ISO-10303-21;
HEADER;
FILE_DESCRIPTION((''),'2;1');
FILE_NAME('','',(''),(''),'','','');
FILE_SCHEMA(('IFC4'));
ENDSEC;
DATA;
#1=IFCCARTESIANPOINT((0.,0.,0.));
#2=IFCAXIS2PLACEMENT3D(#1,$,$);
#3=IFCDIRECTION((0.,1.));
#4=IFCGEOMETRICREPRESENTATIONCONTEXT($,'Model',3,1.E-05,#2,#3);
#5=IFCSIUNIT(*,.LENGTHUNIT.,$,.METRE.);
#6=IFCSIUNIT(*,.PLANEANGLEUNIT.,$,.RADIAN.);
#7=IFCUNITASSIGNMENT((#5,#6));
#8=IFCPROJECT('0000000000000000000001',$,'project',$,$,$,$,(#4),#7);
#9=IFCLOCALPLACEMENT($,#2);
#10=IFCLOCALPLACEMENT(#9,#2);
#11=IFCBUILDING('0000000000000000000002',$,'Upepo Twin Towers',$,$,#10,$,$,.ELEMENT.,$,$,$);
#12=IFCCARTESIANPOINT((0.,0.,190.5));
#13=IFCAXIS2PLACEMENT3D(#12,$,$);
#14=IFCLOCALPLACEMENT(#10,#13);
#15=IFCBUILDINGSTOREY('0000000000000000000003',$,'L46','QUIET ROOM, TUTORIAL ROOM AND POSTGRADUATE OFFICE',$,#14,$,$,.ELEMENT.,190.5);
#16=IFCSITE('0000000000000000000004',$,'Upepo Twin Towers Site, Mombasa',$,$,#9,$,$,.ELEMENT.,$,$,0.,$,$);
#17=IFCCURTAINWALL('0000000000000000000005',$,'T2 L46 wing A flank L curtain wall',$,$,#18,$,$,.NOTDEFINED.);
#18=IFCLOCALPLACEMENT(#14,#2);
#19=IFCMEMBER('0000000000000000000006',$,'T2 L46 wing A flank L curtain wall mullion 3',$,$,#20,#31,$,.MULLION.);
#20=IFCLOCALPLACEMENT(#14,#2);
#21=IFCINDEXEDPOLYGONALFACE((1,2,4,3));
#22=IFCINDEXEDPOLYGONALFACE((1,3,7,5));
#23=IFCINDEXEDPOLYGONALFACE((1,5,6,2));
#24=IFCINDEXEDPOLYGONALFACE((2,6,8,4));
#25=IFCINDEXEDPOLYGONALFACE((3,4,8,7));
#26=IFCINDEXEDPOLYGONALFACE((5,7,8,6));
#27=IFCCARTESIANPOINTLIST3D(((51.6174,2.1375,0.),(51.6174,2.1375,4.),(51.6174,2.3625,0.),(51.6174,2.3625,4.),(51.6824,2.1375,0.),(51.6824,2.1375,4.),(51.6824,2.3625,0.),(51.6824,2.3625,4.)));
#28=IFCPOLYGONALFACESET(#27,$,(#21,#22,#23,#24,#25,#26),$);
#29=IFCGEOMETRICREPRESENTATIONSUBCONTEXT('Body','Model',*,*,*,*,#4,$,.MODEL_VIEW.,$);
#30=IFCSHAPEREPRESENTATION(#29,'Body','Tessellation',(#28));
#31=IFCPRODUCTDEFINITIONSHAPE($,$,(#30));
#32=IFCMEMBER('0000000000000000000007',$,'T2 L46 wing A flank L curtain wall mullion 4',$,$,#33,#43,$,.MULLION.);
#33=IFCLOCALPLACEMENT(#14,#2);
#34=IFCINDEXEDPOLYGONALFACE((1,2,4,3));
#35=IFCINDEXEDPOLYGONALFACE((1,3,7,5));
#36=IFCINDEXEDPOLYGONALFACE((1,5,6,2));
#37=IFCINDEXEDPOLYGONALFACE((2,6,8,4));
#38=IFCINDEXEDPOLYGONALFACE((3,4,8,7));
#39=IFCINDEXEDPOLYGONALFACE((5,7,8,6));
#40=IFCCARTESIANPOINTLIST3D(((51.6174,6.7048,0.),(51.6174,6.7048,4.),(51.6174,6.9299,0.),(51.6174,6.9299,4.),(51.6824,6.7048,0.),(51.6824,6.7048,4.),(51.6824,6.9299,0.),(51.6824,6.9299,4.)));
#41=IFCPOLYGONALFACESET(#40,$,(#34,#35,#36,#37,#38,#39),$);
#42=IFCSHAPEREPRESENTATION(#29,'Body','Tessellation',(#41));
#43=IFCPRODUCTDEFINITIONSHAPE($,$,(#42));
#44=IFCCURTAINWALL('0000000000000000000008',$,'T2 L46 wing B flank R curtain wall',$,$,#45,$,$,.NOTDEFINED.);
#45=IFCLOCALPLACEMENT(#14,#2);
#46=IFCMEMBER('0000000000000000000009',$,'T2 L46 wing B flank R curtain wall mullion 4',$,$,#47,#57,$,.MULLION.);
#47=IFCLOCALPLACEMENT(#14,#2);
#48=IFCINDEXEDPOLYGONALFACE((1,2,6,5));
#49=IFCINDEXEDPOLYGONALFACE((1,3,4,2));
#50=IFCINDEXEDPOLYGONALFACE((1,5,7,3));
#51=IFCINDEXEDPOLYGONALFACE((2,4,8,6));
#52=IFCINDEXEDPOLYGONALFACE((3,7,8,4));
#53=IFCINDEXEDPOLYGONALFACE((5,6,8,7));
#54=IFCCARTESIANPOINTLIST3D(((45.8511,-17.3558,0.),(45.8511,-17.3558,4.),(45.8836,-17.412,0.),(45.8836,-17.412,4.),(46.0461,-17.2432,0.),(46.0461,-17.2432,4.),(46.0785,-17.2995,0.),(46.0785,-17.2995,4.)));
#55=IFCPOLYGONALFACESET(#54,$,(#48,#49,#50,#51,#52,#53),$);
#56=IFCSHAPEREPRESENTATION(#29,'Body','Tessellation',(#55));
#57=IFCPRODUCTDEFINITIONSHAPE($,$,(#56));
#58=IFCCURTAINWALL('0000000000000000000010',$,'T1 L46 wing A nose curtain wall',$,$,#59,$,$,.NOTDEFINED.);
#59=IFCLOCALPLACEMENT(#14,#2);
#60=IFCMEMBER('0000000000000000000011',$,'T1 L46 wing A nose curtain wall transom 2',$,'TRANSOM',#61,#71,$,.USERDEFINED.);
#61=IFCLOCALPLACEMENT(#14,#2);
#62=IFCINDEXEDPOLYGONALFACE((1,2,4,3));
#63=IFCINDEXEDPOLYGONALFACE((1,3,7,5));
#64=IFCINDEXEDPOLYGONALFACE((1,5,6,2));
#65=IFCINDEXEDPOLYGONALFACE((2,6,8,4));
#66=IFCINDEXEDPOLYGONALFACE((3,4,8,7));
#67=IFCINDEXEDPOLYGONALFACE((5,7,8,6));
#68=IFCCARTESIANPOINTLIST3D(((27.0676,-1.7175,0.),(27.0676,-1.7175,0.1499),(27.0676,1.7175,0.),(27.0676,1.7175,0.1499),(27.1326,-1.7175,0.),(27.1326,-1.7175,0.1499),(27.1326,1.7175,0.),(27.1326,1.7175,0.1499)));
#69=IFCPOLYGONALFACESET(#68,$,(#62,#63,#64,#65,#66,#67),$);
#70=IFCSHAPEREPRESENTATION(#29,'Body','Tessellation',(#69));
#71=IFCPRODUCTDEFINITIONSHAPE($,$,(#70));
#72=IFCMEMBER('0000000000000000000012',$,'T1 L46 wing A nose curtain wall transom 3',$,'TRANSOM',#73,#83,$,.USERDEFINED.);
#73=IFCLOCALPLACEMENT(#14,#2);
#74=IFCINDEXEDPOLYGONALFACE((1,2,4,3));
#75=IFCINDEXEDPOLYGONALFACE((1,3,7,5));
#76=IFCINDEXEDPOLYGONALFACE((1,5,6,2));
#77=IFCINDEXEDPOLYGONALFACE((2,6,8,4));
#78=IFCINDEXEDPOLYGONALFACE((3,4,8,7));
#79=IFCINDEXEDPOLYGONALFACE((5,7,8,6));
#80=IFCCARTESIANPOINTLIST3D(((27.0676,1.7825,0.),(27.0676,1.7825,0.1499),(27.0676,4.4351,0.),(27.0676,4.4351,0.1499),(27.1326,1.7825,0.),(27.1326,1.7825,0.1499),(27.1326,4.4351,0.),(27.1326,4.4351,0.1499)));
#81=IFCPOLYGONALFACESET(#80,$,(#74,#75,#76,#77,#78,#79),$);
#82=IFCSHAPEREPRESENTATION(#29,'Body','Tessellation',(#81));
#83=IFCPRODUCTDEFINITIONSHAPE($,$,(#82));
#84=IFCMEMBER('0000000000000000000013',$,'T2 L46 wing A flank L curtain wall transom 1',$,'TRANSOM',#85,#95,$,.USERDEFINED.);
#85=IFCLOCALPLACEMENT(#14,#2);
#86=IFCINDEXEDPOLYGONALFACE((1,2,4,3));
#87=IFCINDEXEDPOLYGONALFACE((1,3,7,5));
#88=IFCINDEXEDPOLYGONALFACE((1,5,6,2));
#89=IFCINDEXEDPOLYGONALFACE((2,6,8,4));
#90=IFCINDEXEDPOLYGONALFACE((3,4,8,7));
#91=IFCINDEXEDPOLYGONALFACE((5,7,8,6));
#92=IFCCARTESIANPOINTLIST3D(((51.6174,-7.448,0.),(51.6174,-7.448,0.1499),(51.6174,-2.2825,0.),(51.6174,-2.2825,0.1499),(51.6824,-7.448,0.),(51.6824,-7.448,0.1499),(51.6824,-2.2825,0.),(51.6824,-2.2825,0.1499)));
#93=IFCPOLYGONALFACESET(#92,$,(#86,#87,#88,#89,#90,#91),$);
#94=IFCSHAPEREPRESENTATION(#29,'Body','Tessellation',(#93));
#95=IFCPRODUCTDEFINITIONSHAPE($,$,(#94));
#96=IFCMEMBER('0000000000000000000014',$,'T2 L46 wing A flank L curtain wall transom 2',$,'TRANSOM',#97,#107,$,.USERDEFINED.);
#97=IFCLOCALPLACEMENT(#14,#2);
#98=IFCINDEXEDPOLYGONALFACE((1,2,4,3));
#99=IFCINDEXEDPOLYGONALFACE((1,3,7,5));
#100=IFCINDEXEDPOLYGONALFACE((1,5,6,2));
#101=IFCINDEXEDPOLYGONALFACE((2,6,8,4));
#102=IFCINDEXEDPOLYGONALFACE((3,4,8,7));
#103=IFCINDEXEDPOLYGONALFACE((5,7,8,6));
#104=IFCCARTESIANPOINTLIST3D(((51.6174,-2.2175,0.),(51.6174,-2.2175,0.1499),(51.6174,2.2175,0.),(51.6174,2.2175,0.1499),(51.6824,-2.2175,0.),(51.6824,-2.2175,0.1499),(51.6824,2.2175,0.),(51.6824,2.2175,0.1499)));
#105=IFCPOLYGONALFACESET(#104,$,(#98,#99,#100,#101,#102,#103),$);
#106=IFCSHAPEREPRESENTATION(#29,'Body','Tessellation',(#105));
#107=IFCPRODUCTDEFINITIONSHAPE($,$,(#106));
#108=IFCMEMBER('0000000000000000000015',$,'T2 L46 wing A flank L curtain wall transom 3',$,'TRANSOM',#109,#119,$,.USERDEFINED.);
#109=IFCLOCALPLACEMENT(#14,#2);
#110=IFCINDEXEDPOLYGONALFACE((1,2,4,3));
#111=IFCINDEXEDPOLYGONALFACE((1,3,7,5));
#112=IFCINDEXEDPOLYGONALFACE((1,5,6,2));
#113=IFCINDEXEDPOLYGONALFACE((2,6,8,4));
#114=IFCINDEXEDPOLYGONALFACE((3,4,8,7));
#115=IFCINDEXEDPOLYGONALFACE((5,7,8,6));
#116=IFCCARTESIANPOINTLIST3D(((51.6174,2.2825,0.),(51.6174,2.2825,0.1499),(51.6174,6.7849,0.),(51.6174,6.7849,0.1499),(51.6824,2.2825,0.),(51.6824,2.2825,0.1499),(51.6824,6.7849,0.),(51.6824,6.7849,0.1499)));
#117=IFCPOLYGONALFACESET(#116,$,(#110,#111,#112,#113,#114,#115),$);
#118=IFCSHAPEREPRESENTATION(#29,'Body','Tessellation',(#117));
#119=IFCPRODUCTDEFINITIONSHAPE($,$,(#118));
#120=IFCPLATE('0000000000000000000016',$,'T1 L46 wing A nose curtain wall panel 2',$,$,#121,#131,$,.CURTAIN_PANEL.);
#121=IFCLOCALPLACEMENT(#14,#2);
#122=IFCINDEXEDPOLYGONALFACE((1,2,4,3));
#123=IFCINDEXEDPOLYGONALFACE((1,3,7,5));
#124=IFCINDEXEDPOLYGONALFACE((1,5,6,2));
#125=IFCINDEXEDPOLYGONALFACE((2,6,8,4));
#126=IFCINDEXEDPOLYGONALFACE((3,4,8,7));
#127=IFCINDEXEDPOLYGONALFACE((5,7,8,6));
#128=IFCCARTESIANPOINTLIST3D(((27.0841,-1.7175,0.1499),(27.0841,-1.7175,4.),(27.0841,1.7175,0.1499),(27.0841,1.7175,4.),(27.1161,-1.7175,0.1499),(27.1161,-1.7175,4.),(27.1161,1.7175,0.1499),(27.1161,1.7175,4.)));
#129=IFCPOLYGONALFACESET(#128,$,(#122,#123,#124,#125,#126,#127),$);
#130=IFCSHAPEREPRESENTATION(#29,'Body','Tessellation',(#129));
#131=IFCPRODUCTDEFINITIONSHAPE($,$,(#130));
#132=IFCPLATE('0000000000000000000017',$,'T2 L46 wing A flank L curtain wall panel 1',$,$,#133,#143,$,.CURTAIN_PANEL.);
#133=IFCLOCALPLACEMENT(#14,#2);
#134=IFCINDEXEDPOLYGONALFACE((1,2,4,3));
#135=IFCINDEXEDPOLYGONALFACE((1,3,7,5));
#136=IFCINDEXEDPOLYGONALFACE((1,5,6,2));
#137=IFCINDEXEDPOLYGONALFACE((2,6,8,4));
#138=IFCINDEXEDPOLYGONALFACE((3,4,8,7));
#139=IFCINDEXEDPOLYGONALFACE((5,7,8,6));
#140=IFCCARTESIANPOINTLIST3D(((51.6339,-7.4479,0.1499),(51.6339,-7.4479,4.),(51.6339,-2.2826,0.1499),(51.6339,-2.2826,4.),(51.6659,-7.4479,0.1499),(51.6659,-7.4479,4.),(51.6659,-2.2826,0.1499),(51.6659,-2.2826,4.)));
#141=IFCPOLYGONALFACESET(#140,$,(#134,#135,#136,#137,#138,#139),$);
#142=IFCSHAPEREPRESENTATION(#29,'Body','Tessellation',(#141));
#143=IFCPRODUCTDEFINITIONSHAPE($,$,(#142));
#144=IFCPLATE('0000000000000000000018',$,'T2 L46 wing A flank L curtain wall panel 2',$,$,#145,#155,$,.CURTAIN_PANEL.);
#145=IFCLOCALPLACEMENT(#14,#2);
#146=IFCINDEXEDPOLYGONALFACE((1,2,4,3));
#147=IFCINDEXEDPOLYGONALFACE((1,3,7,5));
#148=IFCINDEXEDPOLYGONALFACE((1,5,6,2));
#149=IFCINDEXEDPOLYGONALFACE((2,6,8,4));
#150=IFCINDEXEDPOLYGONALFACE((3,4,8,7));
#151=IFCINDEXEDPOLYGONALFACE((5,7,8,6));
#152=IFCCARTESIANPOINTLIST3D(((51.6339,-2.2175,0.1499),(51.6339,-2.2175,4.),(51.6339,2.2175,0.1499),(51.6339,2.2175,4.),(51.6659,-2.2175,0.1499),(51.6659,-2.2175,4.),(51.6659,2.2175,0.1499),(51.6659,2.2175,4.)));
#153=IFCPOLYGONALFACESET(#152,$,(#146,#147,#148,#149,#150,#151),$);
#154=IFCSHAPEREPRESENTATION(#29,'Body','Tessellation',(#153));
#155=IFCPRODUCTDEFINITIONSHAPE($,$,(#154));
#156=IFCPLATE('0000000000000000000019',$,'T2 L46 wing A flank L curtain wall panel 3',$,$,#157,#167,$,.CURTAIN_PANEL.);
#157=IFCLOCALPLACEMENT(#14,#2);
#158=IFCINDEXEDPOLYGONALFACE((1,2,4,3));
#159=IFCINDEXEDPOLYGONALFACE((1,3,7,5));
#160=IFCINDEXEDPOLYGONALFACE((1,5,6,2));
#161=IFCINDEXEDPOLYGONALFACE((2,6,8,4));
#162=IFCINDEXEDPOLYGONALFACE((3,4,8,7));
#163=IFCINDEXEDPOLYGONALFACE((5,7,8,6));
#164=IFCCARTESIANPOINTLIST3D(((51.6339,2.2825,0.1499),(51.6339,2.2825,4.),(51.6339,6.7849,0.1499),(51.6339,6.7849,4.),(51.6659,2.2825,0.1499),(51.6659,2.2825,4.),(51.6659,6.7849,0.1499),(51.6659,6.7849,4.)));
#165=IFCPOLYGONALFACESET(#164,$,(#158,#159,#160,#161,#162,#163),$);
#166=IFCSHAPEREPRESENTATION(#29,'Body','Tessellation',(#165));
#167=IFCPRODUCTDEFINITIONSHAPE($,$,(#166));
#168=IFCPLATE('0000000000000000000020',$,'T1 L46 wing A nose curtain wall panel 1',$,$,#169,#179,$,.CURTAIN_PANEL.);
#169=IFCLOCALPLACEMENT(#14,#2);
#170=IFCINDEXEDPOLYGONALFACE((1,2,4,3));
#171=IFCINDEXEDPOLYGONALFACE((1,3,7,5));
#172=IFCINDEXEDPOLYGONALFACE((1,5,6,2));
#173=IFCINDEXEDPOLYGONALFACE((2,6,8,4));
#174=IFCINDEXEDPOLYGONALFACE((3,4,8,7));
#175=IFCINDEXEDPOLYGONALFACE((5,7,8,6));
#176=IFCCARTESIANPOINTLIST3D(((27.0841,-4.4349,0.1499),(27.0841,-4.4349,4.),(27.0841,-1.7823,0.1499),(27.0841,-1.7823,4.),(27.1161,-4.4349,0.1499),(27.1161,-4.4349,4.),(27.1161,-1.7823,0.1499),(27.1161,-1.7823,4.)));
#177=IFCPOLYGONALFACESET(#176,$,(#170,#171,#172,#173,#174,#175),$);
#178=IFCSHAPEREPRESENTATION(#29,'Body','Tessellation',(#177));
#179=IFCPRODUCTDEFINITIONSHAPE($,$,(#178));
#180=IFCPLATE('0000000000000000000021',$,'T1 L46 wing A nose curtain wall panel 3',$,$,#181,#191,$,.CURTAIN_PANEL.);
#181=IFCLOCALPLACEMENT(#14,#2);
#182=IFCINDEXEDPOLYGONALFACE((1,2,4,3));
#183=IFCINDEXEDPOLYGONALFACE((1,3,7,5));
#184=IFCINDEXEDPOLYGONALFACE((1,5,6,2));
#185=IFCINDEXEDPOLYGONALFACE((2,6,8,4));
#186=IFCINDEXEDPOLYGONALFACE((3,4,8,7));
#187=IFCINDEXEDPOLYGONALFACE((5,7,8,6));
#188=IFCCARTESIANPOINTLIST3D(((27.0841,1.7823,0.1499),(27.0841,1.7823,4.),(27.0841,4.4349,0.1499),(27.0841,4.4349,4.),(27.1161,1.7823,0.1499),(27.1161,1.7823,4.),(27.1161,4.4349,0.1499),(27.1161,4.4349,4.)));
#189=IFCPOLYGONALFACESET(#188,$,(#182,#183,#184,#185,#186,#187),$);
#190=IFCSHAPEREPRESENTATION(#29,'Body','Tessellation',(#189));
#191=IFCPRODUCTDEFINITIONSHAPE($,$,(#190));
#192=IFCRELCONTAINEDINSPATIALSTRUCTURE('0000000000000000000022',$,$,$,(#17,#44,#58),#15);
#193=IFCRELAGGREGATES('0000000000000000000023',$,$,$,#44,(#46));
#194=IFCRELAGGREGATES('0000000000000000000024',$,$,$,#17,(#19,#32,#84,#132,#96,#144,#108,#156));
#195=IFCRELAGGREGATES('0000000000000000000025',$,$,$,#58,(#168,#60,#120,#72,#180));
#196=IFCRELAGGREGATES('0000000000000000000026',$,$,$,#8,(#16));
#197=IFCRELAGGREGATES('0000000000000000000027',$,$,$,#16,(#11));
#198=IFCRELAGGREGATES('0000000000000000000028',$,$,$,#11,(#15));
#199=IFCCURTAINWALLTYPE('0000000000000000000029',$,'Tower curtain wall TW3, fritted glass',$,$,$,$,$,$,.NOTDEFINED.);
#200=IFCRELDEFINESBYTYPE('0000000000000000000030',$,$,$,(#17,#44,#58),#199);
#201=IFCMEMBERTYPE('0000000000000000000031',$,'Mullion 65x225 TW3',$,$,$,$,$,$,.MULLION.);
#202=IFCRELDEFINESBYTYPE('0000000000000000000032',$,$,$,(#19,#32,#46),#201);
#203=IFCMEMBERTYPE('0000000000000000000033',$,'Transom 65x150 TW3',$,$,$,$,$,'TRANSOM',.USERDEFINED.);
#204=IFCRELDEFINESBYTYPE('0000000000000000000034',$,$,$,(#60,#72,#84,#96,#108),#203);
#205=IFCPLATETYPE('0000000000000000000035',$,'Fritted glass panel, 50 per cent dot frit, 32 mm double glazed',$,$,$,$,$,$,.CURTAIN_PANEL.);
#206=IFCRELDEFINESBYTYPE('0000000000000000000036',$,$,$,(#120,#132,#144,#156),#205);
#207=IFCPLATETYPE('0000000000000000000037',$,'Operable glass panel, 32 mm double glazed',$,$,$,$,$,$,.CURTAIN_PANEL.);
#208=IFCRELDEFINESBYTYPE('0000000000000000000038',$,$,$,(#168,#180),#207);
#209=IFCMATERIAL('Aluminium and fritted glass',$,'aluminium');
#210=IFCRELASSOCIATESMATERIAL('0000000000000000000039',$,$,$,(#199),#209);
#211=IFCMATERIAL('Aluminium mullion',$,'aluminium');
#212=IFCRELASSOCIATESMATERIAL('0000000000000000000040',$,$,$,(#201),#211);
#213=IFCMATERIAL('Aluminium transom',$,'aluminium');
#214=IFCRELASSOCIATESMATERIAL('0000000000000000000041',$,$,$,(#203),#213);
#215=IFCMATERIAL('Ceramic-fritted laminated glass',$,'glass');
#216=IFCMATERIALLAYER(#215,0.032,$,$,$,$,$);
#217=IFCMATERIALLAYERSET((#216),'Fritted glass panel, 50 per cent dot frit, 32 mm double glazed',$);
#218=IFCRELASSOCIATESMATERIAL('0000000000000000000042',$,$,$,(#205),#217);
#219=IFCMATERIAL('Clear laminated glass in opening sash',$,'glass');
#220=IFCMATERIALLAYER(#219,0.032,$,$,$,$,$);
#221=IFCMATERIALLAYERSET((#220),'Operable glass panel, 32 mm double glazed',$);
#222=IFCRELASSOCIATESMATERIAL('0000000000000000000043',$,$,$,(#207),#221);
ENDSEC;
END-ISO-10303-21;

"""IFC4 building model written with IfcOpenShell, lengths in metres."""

from ifc_helpers import new_model, si_unit, direction, frame, origin, origin_2d, place, context, subcontext, project, spatial, rectangle, extrude, material, layer, layer_set, material_profile, profile_set, type_object, element, aggregate, save


model = new_model("IFC4")

# Units and contexts
model_context = context("Model", 3, precision=1e-05, world=origin(), true_north=direction((0.0, 1.0)))
body_context = subcontext(model_context, "Body", "Model", "MODEL_VIEW")
ifc_project = project(units=[si_unit("LENGTHUNIT", "METRE"), si_unit("PLANEANGLEUNIT", "RADIAN")], contexts=[model_context])

# Site, building, storey
site_placement = place(None, origin())
site = spatial("IfcSite", under=ifc_project, at=site_placement, Name="Upepo Twin Towers Site, Mombasa", CompositionType="ELEMENT", RefElevation=0.0)
building_placement = place(site_placement, origin())
building = spatial("IfcBuilding", under=site, at=building_placement, Name="Upepo Twin Towers", CompositionType="ELEMENT")
storey_placement = place(building_placement, frame((0.0, 0.0, 190.5)))
storey = spatial("IfcBuildingStorey", under=building, at=storey_placement, Name="L46", Description="QUIET ROOM, TUTORIAL ROOM AND POSTGRADUATE OFFICE", CompositionType="ELEMENT", Elevation=190.5)

# Curtain wall, members
ifc_material_1 = material(Name="Aluminium and fritted glass", Category="aluminium")
curtain_wall_type = type_object("IfcCurtainWallType", Name="Tower curtain wall TW3, fritted glass", PredefinedType="NOTDEFINED", material=ifc_material_1)
curtain_wall_1_placement = place(storey_placement, origin())
curtain_wall_1 = element("IfcCurtainWall", 1, at=curtain_wall_1_placement, inside=storey, type_object=curtain_wall_type, Name="T2 L46 wing A flank L curtain wall", PredefinedType="NOTDEFINED")
ifc_material_2 = material(Name="Aluminium mullion", Category="aluminium")
ifc_material_profile_1 = material_profile(ifc_material_2, rectangle(XDim=0.0649, YDim=0.2251, at=origin_2d()), Name="MULLION 65x225")
ifc_profile_set_1 = profile_set([ifc_material_profile_1], Name="Aluminium mullion")
member_type_1 = type_object("IfcMemberType", Name="Mullion 65x225 TW3", PredefinedType="MULLION", material=ifc_profile_set_1)
member_1_placement = place(storey_placement, frame((51.6499, 2.25, 0.0), z_axis=(0.0, 0.0, 1.0), x_axis=(-1.0, 0.0, 0.0)))
member_1 = element("IfcMember", 2, at=member_1_placement, type_object=member_type_1, Name="T2 L46 wing A flank L curtain wall mullion 3", PredefinedType="MULLION", context=body_context, shape_type="SweptSolid", body=[
    extrude(rectangle(XDim=0.0649, YDim=0.2251, at=origin_2d()), origin(), (0.0, 0.0, 1.0), 4.0),
])
member_2_placement = place(storey_placement, frame((51.6499, 6.8174, 0.0), z_axis=(0.0, 0.0, 1.0), x_axis=(-1.0, 0.0, 0.0)))
member_2 = element("IfcMember", 3, at=member_2_placement, type_object=member_type_1, Name="T2 L46 wing A flank L curtain wall mullion 4", PredefinedType="MULLION", context=body_context, shape_type="SweptSolid", body=[
    extrude(rectangle(XDim=0.0649, YDim=0.2251, at=origin_2d()), origin(), (0.0, 0.0, 1.0), 4.0),
])

# Curtain wall, member
curtain_wall_2_placement = place(storey_placement, origin())
curtain_wall_2 = element("IfcCurtainWall", 4, at=curtain_wall_2_placement, inside=storey, type_object=curtain_wall_type, Name="T2 L46 wing B flank R curtain wall", PredefinedType="NOTDEFINED")
member_3_placement = place(storey_placement, frame((45.9648, -17.3276, 0.0), z_axis=(0.0, 0.0, 1.0), x_axis=(-0.5, 0.866025, 0.0)))
member_3 = element("IfcMember", 5, at=member_3_placement, type_object=member_type_1, Name="T2 L46 wing B flank R curtain wall mullion 4", PredefinedType="MULLION", context=body_context, shape_type="SweptSolid", body=[
    extrude(rectangle(XDim=0.0649, YDim=0.2251, at=origin_2d()), origin(), (0.0, 0.0, 1.0), 4.0),
])
aggregate(curtain_wall_2, [member_3])

# Curtain wall, members
curtain_wall_3_placement = place(storey_placement, origin())
curtain_wall_3 = element("IfcCurtainWall", 6, at=curtain_wall_3_placement, inside=storey, type_object=curtain_wall_type, Name="T1 L46 wing A nose curtain wall", PredefinedType="NOTDEFINED")
ifc_material_3 = material(Name="Aluminium transom", Category="aluminium")
ifc_material_profile_2 = material_profile(ifc_material_3, rectangle(XDim=0.0649, YDim=0.1499, at=origin_2d()), Name="TRANSOM 65x150")
ifc_profile_set_2 = profile_set([ifc_material_profile_2], Name="Aluminium transom")
member_type_2 = type_object("IfcMemberType", Name="Transom 65x150 TW3", ElementType="TRANSOM", PredefinedType="USERDEFINED", material=ifc_profile_set_2)
member_4_placement = place(storey_placement, frame((27.1001, -1.7175, 0.075), z_axis=(0.0, 1.0, 0.0), x_axis=(-1.0, 0.0, 0.0)))
member_4 = element("IfcMember", 7, at=member_4_placement, type_object=member_type_2, Name="T1 L46 wing A nose curtain wall transom 2", ObjectType="TRANSOM", PredefinedType="USERDEFINED", context=body_context, shape_type="SweptSolid", body=[
    extrude(rectangle(XDim=0.0649, YDim=0.1499, at=origin_2d()), origin(), (0.0, 0.0, 1.0), 3.4351),
])
member_5_placement = place(storey_placement, frame((27.1001, 1.7825, 0.075), z_axis=(0.0, 1.0, 0.0), x_axis=(-1.0, 0.0, 0.0)))
member_5 = element("IfcMember", 8, at=member_5_placement, type_object=member_type_2, Name="T1 L46 wing A nose curtain wall transom 3", ObjectType="TRANSOM", PredefinedType="USERDEFINED", context=body_context, shape_type="SweptSolid", body=[
    extrude(rectangle(XDim=0.0649, YDim=0.1499, at=origin_2d()), origin(), (0.0, 0.0, 1.0), 2.6526),
])

# Members
member_6_placement = place(storey_placement, frame((51.6499, -7.448, 0.075), z_axis=(0.0, 1.0, 0.0), x_axis=(-1.0, 0.0, 0.0)))
member_6 = element("IfcMember", 9, at=member_6_placement, type_object=member_type_2, Name="T2 L46 wing A flank L curtain wall transom 1", ObjectType="TRANSOM", PredefinedType="USERDEFINED", context=body_context, shape_type="SweptSolid", body=[
    extrude(rectangle(XDim=0.0649, YDim=0.1499, at=origin_2d()), origin(), (0.0, 0.0, 1.0), 5.1655),
])
member_7_placement = place(storey_placement, frame((51.6499, -2.2175, 0.075), z_axis=(0.0, 1.0, 0.0), x_axis=(-1.0, 0.0, 0.0)))
member_7 = element("IfcMember", 10, at=member_7_placement, type_object=member_type_2, Name="T2 L46 wing A flank L curtain wall transom 2", ObjectType="TRANSOM", PredefinedType="USERDEFINED", context=body_context, shape_type="SweptSolid", body=[
    extrude(rectangle(XDim=0.0649, YDim=0.1499, at=origin_2d()), origin(), (0.0, 0.0, 1.0), 4.4351),
])
member_8_placement = place(storey_placement, frame((51.6499, 2.2825, 0.075), z_axis=(0.0, 1.0, 0.0), x_axis=(-1.0, 0.0, 0.0)))
member_8 = element("IfcMember", 11, at=member_8_placement, type_object=member_type_2, Name="T2 L46 wing A flank L curtain wall transom 3", ObjectType="TRANSOM", PredefinedType="USERDEFINED", context=body_context, shape_type="SweptSolid", body=[
    extrude(rectangle(XDim=0.0649, YDim=0.1499, at=origin_2d()), origin(), (0.0, 0.0, 1.0), 4.5024),
])

# Plates
ifc_material_4 = material(Name="Ceramic-fritted laminated glass", Category="glass")
ifc_layer_1 = layer(ifc_material_4, 0.032)
ifc_layer_set_1 = layer_set([ifc_layer_1], Name="Fritted glass panel, 50 per cent dot frit, 32 mm double glazed")
plate_type_1 = type_object("IfcPlateType", Name="Fritted glass panel, 50 per cent dot frit, 32 mm double glazed", PredefinedType="CURTAIN_PANEL", material=ifc_layer_set_1)
plate_1_placement = place(storey_placement, frame((27.1001, 0.0, 0.1499), z_axis=(0.0, 0.0, 1.0), x_axis=(0.0, 1.0, 0.0)))
plate_1 = element("IfcPlate", 12, at=plate_1_placement, type_object=plate_type_1, Name="T1 L46 wing A nose curtain wall panel 2", PredefinedType="CURTAIN_PANEL", context=body_context, shape_type="SweptSolid", body=[
    extrude(rectangle(XDim=3.4351, YDim=0.032, at=origin_2d()), origin(), (0.0, 0.0, 1.0), 3.8501),
])
plate_2_placement = place(storey_placement, frame((51.6499, -4.8652, 0.1499), z_axis=(0.0, 0.0, 1.0), x_axis=(0.0, 1.0, 0.0)))
plate_2 = element("IfcPlate", 13, at=plate_2_placement, type_object=plate_type_1, Name="T2 L46 wing A flank L curtain wall panel 1", PredefinedType="CURTAIN_PANEL", context=body_context, shape_type="SweptSolid", body=[
    extrude(rectangle(XDim=5.1653, YDim=0.032, at=origin_2d()), origin(), (0.0, 0.0, 1.0), 3.8501),
])
plate_3_placement = place(storey_placement, frame((51.6499, 0.0, 0.1499), z_axis=(0.0, 0.0, 1.0), x_axis=(0.0, 1.0, 0.0)))
plate_3 = element("IfcPlate", 14, at=plate_3_placement, type_object=plate_type_1, Name="T2 L46 wing A flank L curtain wall panel 2", PredefinedType="CURTAIN_PANEL", context=body_context, shape_type="SweptSolid", body=[
    extrude(rectangle(XDim=4.4351, YDim=0.032, at=origin_2d()), origin(), (0.0, 0.0, 1.0), 3.8501),
])
plate_4_placement = place(storey_placement, frame((51.6499, 4.5337, 0.1499), z_axis=(0.0, 0.0, 1.0), x_axis=(0.0, 1.0, 0.0)))
plate_4 = element("IfcPlate", 15, at=plate_4_placement, type_object=plate_type_1, Name="T2 L46 wing A flank L curtain wall panel 3", PredefinedType="CURTAIN_PANEL", context=body_context, shape_type="SweptSolid", body=[
    extrude(rectangle(XDim=4.5024, YDim=0.032, at=origin_2d()), origin(), (0.0, 0.0, 1.0), 3.8501),
])
aggregate(curtain_wall_1, [member_1, member_2, member_6, plate_2, member_7, plate_3, member_8, plate_4])
ifc_material_5 = material(Name="Clear laminated glass in opening sash", Category="glass")
ifc_layer_2 = layer(ifc_material_5, 0.032)
ifc_layer_set_2 = layer_set([ifc_layer_2], Name="Operable glass panel, 32 mm double glazed")
plate_type_2 = type_object("IfcPlateType", Name="Operable glass panel, 32 mm double glazed", PredefinedType="CURTAIN_PANEL", material=ifc_layer_set_2)
plate_5_placement = place(storey_placement, frame((27.1001, -3.1086, 0.1499), z_axis=(0.0, 0.0, 1.0), x_axis=(0.0, 1.0, 0.0)))
plate_5 = element("IfcPlate", 16, at=plate_5_placement, type_object=plate_type_2, Name="T1 L46 wing A nose curtain wall panel 1", PredefinedType="CURTAIN_PANEL", context=body_context, shape_type="SweptSolid", body=[
    extrude(rectangle(XDim=2.6526, YDim=0.032, at=origin_2d()), origin(), (0.0, 0.0, 1.0), 3.8501),
])
plate_6_placement = place(storey_placement, frame((27.1001, 3.1086, 0.1499), z_axis=(0.0, 0.0, 1.0), x_axis=(0.0, 1.0, 0.0)))
plate_6 = element("IfcPlate", 17, at=plate_6_placement, type_object=plate_type_2, Name="T1 L46 wing A nose curtain wall panel 3", PredefinedType="CURTAIN_PANEL", context=body_context, shape_type="SweptSolid", body=[
    extrude(rectangle(XDim=2.6526, YDim=0.032, at=origin_2d()), origin(), (0.0, 0.0, 1.0), 3.8501),
])
aggregate(curtain_wall_3, [plate_5, member_4, plate_1, member_5, plate_6])

save(model, "model.ifc")
